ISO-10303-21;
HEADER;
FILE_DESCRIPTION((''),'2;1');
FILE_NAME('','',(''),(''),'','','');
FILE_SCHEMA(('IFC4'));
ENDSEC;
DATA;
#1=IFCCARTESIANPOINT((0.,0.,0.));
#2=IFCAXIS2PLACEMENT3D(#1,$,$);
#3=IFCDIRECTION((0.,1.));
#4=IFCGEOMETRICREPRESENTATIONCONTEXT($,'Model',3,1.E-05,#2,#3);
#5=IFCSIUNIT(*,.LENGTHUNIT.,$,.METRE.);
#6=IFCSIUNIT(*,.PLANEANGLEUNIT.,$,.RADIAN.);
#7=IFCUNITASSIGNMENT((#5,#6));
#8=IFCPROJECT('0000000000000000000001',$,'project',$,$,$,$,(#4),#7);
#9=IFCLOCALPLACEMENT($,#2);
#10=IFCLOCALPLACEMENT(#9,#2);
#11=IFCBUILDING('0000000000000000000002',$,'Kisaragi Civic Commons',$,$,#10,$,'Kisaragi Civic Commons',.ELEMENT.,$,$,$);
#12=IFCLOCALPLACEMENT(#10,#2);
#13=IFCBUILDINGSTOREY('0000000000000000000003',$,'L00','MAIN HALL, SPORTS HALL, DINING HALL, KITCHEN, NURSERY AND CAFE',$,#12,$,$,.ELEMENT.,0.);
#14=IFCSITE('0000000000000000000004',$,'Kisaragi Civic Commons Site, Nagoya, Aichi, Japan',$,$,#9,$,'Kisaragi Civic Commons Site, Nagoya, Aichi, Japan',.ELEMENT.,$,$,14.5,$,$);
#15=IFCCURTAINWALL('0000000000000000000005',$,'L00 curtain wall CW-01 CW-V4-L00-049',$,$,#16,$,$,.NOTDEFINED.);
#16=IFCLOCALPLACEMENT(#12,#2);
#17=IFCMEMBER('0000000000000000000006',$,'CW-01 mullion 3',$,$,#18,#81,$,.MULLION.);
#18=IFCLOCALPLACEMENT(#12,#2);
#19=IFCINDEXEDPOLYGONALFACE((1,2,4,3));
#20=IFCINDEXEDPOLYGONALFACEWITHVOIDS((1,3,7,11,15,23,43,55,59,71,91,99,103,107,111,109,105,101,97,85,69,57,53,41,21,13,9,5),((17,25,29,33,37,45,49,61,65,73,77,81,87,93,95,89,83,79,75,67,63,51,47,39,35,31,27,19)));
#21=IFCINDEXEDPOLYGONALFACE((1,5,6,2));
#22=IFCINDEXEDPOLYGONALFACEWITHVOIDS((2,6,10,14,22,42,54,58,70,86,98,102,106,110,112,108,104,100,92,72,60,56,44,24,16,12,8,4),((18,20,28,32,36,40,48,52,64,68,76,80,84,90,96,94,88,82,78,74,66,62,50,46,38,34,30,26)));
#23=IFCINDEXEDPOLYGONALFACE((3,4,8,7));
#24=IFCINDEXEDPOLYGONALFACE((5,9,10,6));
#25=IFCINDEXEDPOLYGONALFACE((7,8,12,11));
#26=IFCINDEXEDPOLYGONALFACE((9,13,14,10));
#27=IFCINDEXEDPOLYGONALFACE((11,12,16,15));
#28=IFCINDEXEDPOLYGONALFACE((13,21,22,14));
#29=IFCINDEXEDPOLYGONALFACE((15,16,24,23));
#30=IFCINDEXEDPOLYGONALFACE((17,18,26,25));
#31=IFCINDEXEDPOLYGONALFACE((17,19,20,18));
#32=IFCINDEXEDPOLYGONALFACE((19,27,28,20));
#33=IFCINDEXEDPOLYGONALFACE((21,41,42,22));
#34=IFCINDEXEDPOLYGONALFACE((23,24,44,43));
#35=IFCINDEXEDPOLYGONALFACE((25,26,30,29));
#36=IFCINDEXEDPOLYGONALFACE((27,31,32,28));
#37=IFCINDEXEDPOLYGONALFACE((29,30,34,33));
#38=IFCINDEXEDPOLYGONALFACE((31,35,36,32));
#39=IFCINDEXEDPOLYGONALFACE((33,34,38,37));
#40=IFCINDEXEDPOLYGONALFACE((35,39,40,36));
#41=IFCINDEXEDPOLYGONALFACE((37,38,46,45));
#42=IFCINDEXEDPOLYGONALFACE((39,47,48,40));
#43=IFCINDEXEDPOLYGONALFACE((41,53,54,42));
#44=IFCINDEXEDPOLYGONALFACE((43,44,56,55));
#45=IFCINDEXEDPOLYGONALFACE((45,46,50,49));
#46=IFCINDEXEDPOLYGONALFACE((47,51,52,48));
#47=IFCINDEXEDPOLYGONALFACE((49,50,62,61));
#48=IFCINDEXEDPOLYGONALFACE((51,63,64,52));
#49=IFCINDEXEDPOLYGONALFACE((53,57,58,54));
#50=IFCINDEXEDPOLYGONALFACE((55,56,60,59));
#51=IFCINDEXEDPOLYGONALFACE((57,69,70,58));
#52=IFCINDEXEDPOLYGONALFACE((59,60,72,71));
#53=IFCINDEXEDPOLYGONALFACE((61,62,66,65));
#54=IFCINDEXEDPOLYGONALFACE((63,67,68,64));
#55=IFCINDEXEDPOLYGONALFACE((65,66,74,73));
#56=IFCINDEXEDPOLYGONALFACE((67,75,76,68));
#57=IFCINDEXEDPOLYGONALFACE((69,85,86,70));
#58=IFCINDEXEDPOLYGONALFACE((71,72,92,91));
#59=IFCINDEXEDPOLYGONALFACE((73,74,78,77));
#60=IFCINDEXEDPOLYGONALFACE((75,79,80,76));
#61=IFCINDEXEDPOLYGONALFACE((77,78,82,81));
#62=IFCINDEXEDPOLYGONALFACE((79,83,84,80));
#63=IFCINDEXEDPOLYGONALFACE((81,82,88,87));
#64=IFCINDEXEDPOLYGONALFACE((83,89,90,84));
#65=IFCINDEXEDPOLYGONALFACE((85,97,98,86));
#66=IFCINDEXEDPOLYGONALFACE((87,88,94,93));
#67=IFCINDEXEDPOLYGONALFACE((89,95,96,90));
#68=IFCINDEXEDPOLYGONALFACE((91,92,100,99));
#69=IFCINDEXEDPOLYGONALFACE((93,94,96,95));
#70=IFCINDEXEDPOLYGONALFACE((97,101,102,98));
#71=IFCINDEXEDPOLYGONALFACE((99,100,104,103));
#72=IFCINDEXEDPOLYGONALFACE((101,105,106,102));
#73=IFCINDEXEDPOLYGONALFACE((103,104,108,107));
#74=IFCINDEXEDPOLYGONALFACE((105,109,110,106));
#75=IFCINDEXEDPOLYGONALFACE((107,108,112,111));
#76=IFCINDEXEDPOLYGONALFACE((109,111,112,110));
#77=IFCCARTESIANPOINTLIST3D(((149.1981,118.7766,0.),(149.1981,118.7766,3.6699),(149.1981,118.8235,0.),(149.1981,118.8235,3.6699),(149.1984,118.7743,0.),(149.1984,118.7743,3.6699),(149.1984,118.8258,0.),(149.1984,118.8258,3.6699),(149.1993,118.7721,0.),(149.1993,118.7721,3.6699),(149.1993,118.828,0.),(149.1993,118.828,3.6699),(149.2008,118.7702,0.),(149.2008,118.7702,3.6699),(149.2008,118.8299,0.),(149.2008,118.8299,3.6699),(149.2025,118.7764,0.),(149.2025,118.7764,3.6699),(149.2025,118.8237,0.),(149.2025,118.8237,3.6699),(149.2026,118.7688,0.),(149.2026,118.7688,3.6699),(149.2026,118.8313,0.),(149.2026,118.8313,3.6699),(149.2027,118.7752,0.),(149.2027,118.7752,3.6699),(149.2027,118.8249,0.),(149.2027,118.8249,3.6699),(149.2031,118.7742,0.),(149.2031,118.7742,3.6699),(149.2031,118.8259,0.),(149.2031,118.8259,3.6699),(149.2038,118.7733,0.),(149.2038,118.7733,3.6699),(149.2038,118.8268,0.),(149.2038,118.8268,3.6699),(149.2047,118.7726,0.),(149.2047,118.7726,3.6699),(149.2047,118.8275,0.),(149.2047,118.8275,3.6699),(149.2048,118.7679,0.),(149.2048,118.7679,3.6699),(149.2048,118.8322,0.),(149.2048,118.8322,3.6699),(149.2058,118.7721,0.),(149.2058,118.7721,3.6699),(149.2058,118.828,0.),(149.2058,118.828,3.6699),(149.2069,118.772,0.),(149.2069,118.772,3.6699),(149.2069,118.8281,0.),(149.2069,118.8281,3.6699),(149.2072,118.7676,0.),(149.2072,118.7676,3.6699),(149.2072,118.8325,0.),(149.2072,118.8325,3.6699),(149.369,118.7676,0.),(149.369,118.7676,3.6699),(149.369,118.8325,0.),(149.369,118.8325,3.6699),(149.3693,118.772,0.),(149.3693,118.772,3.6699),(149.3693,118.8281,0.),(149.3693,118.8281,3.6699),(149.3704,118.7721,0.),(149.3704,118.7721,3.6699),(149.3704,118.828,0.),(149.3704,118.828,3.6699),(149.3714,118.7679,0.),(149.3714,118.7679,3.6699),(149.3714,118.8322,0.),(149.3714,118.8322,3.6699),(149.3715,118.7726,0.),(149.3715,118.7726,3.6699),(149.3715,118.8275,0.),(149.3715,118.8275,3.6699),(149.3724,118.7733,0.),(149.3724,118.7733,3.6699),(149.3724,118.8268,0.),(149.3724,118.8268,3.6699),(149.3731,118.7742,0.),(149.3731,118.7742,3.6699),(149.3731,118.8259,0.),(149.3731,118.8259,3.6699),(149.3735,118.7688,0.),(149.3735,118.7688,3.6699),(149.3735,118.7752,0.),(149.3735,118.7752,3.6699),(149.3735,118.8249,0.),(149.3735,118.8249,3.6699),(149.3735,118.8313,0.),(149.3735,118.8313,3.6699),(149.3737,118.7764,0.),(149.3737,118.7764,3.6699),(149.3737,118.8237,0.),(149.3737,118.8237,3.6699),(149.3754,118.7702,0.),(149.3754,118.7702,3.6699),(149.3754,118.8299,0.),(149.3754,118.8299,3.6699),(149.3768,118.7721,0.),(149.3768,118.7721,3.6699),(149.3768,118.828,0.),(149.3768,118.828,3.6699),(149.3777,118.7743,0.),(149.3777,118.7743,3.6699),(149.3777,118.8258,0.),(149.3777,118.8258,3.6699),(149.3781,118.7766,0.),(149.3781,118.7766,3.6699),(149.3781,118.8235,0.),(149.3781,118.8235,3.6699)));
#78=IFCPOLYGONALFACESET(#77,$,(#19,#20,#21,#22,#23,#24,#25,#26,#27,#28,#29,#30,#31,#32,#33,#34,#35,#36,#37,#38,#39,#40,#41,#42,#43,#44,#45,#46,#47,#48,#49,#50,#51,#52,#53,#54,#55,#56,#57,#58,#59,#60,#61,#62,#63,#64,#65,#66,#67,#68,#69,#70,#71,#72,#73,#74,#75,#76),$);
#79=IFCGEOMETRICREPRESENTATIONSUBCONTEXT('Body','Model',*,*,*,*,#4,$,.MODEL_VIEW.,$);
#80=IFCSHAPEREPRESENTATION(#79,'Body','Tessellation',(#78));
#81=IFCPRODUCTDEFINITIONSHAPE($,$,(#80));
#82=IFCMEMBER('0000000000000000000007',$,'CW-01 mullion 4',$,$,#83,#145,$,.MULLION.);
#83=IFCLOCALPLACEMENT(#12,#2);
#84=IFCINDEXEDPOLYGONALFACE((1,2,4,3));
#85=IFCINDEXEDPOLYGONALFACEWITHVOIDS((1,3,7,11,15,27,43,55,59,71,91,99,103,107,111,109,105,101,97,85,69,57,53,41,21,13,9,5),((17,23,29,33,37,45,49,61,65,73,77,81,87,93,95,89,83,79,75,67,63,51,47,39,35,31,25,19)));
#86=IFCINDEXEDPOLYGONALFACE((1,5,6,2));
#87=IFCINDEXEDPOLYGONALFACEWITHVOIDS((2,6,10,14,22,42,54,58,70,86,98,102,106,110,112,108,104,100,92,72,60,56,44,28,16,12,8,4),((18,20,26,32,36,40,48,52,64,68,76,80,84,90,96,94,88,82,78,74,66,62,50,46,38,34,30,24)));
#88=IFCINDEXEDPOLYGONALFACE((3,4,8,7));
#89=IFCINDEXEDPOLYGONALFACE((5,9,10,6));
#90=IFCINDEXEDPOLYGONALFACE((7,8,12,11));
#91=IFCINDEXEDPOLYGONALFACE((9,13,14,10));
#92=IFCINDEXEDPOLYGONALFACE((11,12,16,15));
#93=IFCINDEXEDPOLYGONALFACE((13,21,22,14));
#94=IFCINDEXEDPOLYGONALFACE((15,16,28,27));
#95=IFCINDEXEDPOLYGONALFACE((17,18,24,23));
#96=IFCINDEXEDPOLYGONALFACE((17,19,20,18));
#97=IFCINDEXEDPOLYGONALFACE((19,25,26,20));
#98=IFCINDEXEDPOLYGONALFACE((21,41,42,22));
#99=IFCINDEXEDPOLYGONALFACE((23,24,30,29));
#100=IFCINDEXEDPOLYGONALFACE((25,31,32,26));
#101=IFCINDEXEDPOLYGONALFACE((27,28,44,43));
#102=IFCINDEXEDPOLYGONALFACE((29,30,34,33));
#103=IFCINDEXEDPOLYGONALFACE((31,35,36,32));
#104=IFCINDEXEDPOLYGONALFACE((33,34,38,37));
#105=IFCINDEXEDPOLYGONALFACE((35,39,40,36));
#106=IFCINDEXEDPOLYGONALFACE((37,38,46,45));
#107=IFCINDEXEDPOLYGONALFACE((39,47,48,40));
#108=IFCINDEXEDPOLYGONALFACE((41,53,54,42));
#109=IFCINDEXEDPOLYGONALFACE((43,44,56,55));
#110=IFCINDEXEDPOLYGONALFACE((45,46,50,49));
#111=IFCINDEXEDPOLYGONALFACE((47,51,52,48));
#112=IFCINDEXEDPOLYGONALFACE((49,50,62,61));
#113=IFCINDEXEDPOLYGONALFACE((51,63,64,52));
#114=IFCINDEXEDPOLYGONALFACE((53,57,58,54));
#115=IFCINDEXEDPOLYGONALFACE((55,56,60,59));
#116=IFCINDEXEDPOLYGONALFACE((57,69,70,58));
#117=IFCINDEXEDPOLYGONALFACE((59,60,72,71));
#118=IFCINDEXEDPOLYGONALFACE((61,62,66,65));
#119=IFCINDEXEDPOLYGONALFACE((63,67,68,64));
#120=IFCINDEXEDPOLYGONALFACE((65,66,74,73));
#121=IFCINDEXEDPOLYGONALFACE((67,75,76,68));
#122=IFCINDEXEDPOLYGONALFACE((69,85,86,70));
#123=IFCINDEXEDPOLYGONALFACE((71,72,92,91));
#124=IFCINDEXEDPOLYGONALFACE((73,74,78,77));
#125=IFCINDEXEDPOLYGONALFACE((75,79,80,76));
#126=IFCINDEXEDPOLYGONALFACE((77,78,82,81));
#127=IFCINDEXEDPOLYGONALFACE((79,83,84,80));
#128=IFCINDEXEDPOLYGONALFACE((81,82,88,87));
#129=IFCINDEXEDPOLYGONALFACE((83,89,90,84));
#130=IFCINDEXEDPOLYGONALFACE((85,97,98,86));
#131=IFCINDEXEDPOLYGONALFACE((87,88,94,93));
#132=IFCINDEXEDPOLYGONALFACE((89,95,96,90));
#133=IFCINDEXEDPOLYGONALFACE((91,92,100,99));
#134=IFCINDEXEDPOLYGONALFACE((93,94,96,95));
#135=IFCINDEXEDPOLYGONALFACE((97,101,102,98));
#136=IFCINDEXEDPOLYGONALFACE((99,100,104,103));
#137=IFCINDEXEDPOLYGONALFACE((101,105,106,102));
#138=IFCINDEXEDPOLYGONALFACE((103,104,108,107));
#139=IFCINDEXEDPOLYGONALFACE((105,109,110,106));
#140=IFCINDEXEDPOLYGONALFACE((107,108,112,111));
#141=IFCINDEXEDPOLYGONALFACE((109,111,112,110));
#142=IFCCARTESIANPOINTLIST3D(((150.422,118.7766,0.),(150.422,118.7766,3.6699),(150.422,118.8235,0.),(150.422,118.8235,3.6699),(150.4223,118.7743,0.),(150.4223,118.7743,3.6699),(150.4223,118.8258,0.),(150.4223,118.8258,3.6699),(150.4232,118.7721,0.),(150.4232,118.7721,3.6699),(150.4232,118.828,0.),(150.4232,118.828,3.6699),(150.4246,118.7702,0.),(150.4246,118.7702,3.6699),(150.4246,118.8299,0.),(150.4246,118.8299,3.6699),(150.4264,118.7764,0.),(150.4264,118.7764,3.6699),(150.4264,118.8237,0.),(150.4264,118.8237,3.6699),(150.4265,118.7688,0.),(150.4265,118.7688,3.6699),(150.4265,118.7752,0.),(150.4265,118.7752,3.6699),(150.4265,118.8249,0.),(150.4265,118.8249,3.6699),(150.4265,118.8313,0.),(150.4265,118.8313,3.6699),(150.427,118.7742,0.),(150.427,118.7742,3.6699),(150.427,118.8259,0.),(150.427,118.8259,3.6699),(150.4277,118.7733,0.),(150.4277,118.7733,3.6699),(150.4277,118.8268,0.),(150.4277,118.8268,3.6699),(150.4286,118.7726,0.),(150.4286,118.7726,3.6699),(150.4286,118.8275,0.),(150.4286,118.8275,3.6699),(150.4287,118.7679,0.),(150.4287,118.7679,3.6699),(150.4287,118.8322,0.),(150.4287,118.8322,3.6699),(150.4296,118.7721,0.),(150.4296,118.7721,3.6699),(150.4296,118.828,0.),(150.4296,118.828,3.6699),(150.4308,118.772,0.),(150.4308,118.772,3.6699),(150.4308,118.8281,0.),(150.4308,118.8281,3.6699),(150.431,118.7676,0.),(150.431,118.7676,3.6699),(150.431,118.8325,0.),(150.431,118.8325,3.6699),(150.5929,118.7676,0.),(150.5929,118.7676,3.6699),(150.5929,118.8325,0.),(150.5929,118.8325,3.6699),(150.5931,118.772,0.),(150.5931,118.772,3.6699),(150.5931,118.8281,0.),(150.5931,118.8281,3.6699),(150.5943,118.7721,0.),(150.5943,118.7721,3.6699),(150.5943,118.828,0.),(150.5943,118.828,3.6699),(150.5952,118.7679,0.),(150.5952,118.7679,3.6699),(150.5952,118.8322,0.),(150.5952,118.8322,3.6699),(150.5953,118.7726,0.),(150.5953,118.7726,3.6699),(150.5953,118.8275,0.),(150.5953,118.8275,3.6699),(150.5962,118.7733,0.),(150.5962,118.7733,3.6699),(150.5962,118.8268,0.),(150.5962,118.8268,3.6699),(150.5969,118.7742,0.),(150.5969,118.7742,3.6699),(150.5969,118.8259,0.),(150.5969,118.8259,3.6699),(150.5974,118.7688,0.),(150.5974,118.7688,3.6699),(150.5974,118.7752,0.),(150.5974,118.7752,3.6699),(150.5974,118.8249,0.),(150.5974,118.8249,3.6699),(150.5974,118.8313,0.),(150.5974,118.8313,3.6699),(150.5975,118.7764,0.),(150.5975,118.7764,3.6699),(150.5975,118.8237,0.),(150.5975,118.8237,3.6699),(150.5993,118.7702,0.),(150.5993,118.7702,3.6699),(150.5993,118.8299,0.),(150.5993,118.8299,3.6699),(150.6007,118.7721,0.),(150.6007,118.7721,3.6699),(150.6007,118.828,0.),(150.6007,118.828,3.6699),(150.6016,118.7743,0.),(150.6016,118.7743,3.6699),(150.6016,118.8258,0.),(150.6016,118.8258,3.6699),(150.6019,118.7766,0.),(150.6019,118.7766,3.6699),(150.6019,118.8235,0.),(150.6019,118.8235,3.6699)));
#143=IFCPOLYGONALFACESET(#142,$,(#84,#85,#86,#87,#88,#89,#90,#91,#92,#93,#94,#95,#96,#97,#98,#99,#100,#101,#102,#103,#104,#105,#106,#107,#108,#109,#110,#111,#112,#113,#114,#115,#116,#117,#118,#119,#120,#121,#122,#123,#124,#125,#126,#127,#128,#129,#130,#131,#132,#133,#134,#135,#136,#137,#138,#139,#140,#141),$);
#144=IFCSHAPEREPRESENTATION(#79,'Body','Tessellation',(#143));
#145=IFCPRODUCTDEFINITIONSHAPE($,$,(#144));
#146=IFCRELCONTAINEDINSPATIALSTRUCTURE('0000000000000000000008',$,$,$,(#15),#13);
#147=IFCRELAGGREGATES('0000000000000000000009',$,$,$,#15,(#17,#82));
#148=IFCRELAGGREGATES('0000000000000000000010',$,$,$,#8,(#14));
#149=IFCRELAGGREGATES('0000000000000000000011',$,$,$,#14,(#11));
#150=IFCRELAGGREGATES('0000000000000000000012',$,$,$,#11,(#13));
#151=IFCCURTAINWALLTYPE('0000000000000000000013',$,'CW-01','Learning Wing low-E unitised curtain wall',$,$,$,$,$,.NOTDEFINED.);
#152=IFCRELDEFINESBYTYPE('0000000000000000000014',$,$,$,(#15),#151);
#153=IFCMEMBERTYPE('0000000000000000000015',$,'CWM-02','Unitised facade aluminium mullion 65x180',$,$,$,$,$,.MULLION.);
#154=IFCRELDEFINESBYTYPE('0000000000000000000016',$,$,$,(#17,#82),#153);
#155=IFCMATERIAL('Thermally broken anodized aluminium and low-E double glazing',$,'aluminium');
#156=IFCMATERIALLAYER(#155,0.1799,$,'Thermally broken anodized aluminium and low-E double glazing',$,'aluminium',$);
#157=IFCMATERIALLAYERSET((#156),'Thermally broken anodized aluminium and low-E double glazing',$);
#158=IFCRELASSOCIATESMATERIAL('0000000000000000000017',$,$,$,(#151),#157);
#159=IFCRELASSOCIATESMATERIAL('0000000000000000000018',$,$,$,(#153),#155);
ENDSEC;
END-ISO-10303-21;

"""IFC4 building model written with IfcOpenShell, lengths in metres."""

from ifc_helpers import new_model, si_unit, direction, frame, origin, origin_2d, place, context, subcontext, project, spatial, hollow_rectangle, extrude, material, layer, layer_set, material_profile, profile_set, type_object, element, aggregate, save


model = new_model("IFC4")

# Units and contexts
model_context = context("Model", 3, precision=1e-05, world=origin(), true_north=direction((0.0, 1.0)))
body_context = subcontext(model_context, "Body", "Model", "MODEL_VIEW")
ifc_project = project(units=[si_unit("LENGTHUNIT", "METRE"), si_unit("PLANEANGLEUNIT", "RADIAN")], contexts=[model_context])

# Site, building, storey
site_placement = place(None, origin())
site = spatial("IfcSite", under=ifc_project, at=site_placement, Name="Kisaragi Civic Commons Site, Nagoya, Aichi, Japan", LongName="Kisaragi Civic Commons Site, Nagoya, Aichi, Japan", CompositionType="ELEMENT", RefElevation=14.5)
building_placement = place(site_placement, origin())
building = spatial("IfcBuilding", under=site, at=building_placement, Name="Kisaragi Civic Commons", LongName="Kisaragi Civic Commons", CompositionType="ELEMENT")
storey_placement = place(building_placement, origin())
storey = spatial("IfcBuildingStorey", under=building, at=storey_placement, Name="L00", Description="MAIN HALL, SPORTS HALL, DINING HALL, KITCHEN, NURSERY AND CAFE", CompositionType="ELEMENT", Elevation=0.0)

# Curtain wall, members
ifc_material_1 = material(Name="Thermally broken anodized aluminium and low-E double glazing", Category="aluminium")
ifc_layer_1 = layer(ifc_material_1, 0.1799, Name="Thermally broken anodized aluminium and low-E double glazing", Category="aluminium")
ifc_layer_set_1 = layer_set([ifc_layer_1], Name="Thermally broken anodized aluminium and low-E double glazing")
curtain_wall_type = type_object("IfcCurtainWallType", Name="CW-01", Description="Learning Wing low-E unitised curtain wall", PredefinedType="NOTDEFINED", material=ifc_layer_set_1)
curtain_wall_placement = place(storey_placement, origin())
curtain_wall = element("IfcCurtainWall", 1, at=curtain_wall_placement, inside=storey, type_object=curtain_wall_type, Name="L00 curtain wall CW-01 CW-V4-L00-049", PredefinedType="NOTDEFINED")
ifc_material_profile_1 = material_profile(ifc_material_1, hollow_rectangle(XDim=0.0649, YDim=0.1799, WallThickness=0.0044, InnerFilletRadius=0.0044, OuterFilletRadius=0.009, at=origin_2d()), Name="CWM-65x180x4.5", Category="aluminium")
ifc_profile_set_1 = profile_set([ifc_material_profile_1], Name="Thermally broken anodized aluminium and low-E double glazing")
member_type_1 = type_object("IfcMemberType", Name="CWM-02", Description="Unitised facade aluminium mullion 65x180", PredefinedType="MULLION", material=ifc_profile_set_1)
member_1_placement = place(storey_placement, frame((149.2881, 118.8, 0.0), z_axis=(0.0, 0.0, 1.0), x_axis=(0.0, 1.0, 0.0)))
member_1 = element("IfcMember", 2, at=member_1_placement, type_object=member_type_1, Name="CW-01 mullion 3", PredefinedType="MULLION", context=body_context, shape_type="SweptSolid", body=[
    extrude(hollow_rectangle(XDim=0.0649, YDim=0.1799, WallThickness=0.0044, InnerFilletRadius=0.0044, OuterFilletRadius=0.009, at=origin_2d()), origin(), (0.0, 0.0, 1.0), 3.6699),
])
member_2_placement = place(storey_placement, frame((150.512, 118.8, 0.0), z_axis=(0.0, 0.0, 1.0), x_axis=(0.0, 1.0, 0.0)))
member_2 = element("IfcMember", 3, at=member_2_placement, type_object=member_type_1, Name="CW-01 mullion 4", PredefinedType="MULLION", context=body_context, shape_type="SweptSolid", body=[
    extrude(hollow_rectangle(XDim=0.0649, YDim=0.1799, WallThickness=0.0044, InnerFilletRadius=0.0044, OuterFilletRadius=0.009, at=origin_2d()), origin(), (0.0, 0.0, 1.0), 3.6699),
])
aggregate(curtain_wall, [member_1, member_2])

save(model, "model.ifc")
